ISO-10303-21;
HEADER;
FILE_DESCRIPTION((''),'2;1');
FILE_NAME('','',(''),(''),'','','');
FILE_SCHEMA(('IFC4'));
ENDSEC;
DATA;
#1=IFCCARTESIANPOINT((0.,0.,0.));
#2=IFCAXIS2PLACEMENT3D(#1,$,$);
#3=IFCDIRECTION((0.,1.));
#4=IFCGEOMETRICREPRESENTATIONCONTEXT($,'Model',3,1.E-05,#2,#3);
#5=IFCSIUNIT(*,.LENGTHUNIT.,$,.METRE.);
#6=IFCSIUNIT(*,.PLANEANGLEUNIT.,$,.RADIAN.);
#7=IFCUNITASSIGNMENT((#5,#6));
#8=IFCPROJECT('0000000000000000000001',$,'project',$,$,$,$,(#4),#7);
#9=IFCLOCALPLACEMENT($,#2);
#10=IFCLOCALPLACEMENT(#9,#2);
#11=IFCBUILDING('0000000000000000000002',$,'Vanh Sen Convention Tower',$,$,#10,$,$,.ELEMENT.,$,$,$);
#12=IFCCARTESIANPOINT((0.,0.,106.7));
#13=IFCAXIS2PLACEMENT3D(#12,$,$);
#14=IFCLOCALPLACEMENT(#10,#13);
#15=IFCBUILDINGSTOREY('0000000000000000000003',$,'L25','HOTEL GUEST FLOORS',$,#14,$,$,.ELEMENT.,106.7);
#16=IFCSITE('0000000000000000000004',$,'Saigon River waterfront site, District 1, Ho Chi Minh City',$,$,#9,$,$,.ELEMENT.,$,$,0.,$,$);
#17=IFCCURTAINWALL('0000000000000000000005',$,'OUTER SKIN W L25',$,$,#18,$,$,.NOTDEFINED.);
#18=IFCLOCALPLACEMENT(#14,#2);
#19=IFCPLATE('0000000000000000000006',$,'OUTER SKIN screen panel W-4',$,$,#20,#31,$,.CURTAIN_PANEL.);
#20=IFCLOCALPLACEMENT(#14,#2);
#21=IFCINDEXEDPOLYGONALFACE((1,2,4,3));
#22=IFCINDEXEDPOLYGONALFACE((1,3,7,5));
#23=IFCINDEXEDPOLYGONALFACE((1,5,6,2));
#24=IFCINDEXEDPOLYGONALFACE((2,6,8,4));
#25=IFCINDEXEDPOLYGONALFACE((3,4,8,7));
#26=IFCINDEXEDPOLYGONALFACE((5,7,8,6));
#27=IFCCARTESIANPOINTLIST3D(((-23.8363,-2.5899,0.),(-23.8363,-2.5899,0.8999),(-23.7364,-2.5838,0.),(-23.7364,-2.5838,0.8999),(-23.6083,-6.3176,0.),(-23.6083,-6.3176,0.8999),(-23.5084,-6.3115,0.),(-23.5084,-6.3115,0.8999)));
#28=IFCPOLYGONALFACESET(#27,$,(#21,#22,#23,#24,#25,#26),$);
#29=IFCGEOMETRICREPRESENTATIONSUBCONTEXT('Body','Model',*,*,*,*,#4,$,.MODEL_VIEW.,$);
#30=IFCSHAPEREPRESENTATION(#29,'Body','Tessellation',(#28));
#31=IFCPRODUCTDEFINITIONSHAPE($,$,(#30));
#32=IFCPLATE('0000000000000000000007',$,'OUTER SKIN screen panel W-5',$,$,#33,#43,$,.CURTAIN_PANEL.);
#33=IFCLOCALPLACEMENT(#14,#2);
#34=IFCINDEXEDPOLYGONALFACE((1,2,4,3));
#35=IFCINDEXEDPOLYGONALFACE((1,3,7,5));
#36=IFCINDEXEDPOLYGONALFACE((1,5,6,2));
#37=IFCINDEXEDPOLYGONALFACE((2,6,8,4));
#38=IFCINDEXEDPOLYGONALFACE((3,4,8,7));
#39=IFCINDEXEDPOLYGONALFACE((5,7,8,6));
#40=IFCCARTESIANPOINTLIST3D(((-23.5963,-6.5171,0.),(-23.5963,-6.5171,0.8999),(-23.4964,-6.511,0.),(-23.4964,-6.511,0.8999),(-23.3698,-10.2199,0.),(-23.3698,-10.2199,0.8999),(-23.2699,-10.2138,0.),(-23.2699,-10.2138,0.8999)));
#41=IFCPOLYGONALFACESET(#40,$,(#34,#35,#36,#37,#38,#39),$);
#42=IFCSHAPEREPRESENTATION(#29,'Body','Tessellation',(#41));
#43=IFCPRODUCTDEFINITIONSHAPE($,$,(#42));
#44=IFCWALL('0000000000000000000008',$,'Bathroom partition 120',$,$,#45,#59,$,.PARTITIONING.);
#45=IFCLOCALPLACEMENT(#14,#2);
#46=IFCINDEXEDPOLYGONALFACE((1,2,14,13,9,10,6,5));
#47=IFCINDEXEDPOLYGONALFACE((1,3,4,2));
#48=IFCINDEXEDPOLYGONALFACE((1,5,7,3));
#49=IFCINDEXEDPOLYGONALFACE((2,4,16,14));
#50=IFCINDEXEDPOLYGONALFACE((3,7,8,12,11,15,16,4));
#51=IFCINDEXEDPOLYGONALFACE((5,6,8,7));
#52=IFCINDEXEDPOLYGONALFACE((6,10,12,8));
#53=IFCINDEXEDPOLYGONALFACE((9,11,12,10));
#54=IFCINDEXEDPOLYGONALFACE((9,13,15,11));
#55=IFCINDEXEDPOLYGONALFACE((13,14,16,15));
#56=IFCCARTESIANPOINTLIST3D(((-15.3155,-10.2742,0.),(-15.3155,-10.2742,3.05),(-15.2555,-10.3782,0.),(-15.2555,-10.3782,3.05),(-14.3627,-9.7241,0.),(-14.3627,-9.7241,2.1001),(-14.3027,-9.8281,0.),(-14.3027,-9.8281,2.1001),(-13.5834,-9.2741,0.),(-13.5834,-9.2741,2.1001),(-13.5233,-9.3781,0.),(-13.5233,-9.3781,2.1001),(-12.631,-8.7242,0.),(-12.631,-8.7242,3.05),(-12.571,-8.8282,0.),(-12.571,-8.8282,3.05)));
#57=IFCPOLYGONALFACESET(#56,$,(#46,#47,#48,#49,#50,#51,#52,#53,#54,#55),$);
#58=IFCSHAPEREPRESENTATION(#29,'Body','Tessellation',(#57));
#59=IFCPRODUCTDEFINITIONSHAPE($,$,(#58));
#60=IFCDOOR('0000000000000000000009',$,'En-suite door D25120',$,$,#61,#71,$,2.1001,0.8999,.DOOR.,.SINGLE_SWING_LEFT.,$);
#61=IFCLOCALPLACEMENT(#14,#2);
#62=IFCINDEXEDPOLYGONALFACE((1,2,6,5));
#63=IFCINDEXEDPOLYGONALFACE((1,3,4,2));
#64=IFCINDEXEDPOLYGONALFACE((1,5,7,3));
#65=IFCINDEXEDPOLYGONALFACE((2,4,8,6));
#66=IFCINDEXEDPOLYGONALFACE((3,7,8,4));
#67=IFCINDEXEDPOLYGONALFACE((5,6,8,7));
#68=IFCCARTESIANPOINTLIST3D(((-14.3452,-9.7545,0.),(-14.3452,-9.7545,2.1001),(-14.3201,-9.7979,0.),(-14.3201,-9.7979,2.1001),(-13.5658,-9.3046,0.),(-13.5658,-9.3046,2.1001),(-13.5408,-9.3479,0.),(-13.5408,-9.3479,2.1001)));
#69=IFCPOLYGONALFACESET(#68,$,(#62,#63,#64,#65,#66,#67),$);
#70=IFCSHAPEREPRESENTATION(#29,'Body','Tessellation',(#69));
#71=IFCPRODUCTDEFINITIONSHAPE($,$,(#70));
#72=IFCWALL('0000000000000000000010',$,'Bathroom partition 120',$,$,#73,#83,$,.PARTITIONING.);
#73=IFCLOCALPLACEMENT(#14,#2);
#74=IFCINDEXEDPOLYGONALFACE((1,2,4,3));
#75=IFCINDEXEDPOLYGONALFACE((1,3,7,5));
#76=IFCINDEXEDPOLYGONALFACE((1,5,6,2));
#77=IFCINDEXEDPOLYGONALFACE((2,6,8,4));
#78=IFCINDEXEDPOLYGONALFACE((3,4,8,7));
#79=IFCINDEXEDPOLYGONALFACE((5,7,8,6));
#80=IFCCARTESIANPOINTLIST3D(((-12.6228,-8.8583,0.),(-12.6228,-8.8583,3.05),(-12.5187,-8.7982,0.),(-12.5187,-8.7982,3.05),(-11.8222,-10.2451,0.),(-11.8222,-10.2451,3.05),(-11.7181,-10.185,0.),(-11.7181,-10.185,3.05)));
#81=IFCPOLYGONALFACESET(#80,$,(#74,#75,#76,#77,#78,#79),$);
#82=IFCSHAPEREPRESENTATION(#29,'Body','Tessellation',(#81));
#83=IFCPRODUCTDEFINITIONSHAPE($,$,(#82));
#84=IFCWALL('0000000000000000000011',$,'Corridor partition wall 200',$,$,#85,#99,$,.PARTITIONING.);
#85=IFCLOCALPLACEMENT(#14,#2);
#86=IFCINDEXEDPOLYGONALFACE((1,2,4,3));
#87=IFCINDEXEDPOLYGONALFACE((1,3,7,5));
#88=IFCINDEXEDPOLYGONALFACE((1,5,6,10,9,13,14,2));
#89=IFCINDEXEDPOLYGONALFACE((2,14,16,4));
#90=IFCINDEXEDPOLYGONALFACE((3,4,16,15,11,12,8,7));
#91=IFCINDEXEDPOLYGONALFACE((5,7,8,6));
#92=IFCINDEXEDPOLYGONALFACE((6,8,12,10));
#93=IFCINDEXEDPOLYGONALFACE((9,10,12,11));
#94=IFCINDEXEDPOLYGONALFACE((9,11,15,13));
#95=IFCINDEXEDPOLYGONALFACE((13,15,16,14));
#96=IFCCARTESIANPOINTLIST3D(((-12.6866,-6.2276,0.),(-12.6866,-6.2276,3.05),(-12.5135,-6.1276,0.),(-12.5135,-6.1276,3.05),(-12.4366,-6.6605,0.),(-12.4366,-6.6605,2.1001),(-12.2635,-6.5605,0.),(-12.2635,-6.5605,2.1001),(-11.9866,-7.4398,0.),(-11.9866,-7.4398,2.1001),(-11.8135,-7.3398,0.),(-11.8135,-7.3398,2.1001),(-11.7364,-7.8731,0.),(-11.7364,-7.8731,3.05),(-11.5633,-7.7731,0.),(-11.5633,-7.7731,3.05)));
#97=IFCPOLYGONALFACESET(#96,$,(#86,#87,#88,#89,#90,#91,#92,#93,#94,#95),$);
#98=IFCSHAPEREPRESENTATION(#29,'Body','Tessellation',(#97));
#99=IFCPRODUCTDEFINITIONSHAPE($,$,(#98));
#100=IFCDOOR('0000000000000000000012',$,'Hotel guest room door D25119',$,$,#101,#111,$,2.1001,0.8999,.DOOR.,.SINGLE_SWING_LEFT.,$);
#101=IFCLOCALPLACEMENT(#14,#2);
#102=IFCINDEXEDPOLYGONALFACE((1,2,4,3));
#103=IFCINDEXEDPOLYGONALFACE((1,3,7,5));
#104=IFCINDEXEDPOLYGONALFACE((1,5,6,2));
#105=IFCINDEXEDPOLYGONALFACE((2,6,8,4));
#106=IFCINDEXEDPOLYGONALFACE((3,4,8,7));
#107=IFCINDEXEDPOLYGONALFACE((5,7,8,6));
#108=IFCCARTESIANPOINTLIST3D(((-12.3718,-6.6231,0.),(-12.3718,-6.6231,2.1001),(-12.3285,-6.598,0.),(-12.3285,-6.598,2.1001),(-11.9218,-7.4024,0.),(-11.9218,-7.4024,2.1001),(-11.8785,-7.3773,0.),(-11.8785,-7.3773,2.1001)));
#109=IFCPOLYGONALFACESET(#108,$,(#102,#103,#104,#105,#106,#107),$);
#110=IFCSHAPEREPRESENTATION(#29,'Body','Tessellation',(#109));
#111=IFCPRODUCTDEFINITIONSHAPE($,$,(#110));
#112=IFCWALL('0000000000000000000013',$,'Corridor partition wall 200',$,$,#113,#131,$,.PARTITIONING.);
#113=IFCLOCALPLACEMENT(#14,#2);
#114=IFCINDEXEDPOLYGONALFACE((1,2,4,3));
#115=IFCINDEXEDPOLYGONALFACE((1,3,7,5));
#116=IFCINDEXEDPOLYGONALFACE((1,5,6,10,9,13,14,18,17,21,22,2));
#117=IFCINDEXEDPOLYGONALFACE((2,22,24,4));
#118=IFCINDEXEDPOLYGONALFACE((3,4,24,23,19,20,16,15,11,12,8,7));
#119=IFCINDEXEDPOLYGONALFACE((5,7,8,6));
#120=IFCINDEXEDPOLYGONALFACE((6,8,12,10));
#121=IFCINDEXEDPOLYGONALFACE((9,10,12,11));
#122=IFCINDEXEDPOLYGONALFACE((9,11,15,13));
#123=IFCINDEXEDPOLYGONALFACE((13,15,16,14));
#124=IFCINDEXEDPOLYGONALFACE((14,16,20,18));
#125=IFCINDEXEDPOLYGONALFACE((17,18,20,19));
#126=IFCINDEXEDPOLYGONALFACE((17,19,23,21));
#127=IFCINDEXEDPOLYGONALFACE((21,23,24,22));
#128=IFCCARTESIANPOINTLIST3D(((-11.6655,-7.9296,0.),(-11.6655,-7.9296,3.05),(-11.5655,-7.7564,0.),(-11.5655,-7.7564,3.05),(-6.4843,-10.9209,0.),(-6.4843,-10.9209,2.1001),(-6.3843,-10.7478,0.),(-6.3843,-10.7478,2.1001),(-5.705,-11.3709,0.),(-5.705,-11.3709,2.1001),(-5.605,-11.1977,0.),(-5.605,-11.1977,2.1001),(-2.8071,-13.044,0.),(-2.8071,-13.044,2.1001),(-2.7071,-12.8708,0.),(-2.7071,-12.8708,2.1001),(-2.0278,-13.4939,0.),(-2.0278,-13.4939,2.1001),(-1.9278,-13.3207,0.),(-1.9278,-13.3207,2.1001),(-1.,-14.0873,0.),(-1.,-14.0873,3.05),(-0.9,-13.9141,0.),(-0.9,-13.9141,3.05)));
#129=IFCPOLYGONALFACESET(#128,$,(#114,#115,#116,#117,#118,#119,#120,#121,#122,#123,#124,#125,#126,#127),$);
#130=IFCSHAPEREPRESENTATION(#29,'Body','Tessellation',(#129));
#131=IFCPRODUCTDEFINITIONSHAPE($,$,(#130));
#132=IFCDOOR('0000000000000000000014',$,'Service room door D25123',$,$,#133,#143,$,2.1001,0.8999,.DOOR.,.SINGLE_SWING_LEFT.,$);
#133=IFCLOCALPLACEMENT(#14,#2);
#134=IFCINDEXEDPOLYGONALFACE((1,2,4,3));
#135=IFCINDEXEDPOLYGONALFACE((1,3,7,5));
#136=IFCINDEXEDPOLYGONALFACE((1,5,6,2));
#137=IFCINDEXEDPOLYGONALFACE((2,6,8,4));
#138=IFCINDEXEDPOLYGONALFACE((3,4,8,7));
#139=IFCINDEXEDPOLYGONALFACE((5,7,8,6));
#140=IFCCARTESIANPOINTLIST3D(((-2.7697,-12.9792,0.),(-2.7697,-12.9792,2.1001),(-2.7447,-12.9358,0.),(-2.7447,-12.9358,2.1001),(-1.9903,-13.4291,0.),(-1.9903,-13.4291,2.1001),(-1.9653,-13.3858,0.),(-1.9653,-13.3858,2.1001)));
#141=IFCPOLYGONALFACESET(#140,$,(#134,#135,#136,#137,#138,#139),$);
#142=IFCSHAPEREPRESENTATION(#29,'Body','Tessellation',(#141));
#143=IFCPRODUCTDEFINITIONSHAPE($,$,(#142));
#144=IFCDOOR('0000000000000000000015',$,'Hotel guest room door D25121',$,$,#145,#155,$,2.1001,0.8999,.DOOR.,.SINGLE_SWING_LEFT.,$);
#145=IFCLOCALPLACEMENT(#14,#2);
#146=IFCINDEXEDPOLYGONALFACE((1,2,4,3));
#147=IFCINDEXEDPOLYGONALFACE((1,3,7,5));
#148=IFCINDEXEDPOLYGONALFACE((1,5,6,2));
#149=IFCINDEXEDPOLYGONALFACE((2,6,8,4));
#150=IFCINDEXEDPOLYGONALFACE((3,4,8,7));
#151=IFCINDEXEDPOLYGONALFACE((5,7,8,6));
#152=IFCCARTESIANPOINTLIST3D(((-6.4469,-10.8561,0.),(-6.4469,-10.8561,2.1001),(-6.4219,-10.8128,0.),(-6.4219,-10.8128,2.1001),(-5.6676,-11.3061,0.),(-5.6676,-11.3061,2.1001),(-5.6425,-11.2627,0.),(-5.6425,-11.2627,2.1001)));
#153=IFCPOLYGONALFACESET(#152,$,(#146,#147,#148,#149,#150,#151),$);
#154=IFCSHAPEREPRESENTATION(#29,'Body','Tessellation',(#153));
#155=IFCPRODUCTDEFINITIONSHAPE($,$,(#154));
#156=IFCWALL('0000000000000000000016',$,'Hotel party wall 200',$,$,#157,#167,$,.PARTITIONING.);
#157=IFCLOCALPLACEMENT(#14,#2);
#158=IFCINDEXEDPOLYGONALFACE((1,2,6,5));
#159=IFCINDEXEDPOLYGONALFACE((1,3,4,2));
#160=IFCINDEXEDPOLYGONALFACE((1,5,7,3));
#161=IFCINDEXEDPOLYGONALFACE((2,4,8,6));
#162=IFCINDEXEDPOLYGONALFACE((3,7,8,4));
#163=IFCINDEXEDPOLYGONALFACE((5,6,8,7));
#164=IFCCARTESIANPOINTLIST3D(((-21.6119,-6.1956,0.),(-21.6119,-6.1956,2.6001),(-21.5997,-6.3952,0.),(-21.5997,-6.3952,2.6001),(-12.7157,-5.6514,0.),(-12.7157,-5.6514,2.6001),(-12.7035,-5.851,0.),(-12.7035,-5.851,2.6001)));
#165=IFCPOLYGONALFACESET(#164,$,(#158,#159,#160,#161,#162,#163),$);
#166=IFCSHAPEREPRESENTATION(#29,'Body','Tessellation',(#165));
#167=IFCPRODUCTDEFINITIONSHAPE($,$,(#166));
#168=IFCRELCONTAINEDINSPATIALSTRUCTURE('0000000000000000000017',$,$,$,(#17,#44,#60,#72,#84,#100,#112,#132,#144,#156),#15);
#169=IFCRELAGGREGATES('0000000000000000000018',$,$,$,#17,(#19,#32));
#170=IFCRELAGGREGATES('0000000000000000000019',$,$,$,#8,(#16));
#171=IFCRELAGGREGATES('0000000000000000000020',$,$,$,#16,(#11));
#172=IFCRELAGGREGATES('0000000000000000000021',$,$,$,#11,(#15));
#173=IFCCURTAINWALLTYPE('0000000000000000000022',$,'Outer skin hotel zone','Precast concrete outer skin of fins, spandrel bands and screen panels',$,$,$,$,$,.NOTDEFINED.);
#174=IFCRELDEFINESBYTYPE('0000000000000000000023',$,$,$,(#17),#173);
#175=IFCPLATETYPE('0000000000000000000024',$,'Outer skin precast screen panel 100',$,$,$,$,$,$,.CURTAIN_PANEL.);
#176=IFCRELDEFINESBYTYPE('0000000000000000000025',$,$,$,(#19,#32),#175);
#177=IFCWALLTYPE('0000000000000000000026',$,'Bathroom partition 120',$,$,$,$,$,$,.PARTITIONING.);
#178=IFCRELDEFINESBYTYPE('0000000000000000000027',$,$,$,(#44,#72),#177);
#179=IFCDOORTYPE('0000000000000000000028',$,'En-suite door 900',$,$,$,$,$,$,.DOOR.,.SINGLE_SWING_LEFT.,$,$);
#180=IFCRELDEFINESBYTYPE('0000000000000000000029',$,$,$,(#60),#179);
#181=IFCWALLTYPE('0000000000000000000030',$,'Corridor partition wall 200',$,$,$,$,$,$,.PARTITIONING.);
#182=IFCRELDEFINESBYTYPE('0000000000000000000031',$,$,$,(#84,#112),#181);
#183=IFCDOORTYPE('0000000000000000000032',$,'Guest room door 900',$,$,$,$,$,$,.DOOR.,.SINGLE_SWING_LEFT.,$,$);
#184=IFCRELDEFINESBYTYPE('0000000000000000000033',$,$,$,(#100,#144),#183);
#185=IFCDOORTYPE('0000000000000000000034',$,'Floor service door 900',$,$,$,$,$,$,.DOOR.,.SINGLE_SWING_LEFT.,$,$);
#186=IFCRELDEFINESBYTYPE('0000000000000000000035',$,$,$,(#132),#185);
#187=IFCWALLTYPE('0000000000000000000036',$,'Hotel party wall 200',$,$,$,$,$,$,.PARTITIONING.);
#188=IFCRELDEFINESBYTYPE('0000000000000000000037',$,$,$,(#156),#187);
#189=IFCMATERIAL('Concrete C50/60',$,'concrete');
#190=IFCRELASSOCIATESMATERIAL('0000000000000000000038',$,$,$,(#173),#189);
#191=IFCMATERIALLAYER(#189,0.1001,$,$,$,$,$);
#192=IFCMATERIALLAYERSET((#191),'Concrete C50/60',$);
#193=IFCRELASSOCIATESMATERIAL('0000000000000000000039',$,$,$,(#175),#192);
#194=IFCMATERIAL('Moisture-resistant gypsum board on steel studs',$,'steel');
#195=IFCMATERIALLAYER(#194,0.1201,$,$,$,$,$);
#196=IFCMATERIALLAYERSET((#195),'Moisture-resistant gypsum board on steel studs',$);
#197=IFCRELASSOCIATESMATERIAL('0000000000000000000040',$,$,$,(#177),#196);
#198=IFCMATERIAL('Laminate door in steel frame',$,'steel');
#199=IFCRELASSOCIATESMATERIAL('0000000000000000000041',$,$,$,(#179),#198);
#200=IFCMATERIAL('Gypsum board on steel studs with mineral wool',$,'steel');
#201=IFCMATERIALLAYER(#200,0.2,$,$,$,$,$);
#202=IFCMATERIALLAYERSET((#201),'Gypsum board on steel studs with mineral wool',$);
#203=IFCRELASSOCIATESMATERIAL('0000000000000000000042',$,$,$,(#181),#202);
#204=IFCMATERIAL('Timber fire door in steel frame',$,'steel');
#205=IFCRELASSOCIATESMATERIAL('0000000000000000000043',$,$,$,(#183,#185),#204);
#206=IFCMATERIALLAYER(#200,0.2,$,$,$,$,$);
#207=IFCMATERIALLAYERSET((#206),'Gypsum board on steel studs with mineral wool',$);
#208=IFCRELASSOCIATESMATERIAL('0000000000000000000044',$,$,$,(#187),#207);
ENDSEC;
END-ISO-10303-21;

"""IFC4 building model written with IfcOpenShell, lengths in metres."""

from ifc_helpers import new_model, si_unit, direction, frame, frame_2d, origin, origin_2d, place, context, subcontext, project, spatial, rectangle, extrude, material, layer, layer_set, type_object, element, fill, aggregate, save


model = new_model("IFC4")

# Units and contexts
model_context = context("Model", 3, precision=1e-05, world=origin(), true_north=direction((0.0, 1.0)))
body_context = subcontext(model_context, "Body", "Model", "MODEL_VIEW")
ifc_project = project(units=[si_unit("LENGTHUNIT", "METRE"), si_unit("PLANEANGLEUNIT", "RADIAN")], contexts=[model_context])

# Site, building, storey
site_placement = place(None, origin())
site = spatial("IfcSite", under=ifc_project, at=site_placement, Name="Saigon River waterfront site, District 1, Ho Chi Minh City", CompositionType="ELEMENT", RefElevation=0.0)
building_placement = place(site_placement, origin())
building = spatial("IfcBuilding", under=site, at=building_placement, Name="Vanh Sen Convention Tower", CompositionType="ELEMENT")
storey_placement = place(building_placement, frame((0.0, 0.0, 106.7)))
storey = spatial("IfcBuildingStorey", under=building, at=storey_placement, Name="L25", Description="HOTEL GUEST FLOORS", CompositionType="ELEMENT", Elevation=106.7)

# Curtain wall
ifc_material_1 = material(Name="Concrete C50/60", Category="concrete")
curtain_wall_type = type_object("IfcCurtainWallType", Name="Outer skin hotel zone", Description="Precast concrete outer skin of fins, spandrel bands and screen panels", PredefinedType="NOTDEFINED", material=ifc_material_1)
curtain_wall_1_placement = place(storey_placement, origin())
curtain_wall_1 = element("IfcCurtainWall", 1, at=curtain_wall_1_placement, inside=storey, type_object=curtain_wall_type, Name="OUTER SKIN W L25", PredefinedType="NOTDEFINED")

# Plates
ifc_layer_1 = layer(ifc_material_1, 0.1001)
ifc_layer_set_1 = layer_set([ifc_layer_1], Name="Concrete C50/60")
plate_type = type_object("IfcPlateType", Name="Outer skin precast screen panel 100", PredefinedType="CURTAIN_PANEL", material=ifc_layer_set_1)
plate_1_placement = place(storey_placement, frame((-23.6724, -4.4507, 0.0), z_axis=(0.0, 0.0, 1.0), x_axis=(0.061049, -0.998135, 0.0)))
plate_1 = element("IfcPlate", 2, at=plate_1_placement, type_object=plate_type, Name="OUTER SKIN screen panel W-4", PredefinedType="CURTAIN_PANEL", context=body_context, shape_type="SweptSolid", body=[
    extrude(rectangle(XDim=3.7346, YDim=0.1001, at=origin_2d()), origin(), (0.0, 0.0, 1.0), 0.8999),
])
plate_2_placement = place(storey_placement, frame((-23.4331, -8.3655, 0.0), z_axis=(0.0, 0.0, 1.0), x_axis=(0.061047, -0.998135, 0.0)))
plate_2 = element("IfcPlate", 3, at=plate_2_placement, type_object=plate_type, Name="OUTER SKIN screen panel W-5", PredefinedType="CURTAIN_PANEL", context=body_context, shape_type="SweptSolid", body=[
    extrude(rectangle(XDim=3.7097, YDim=0.1001, at=origin_2d()), origin(), (0.0, 0.0, 1.0), 0.8999),
])
aggregate(curtain_wall_1, [plate_1, plate_2])

# Wall, opening, door
ifc_material_2 = material(Name="Moisture-resistant gypsum board on steel studs", Category="steel")
ifc_layer_2 = layer(ifc_material_2, 0.1201)
ifc_layer_set_2 = layer_set([ifc_layer_2], Name="Moisture-resistant gypsum board on steel studs")
wall_type_1 = type_object("IfcWallType", Name="Bathroom partition 120", PredefinedType="PARTITIONING", material=ifc_layer_set_2)
wall_1_placement = place(storey_placement, frame((-15.2854, -10.3262, 0.0), z_axis=(0.0, 0.0, 1.0), x_axis=(0.86601, 0.500027, 0.0)))
wall_1 = element("IfcWall", 4, at=wall_1_placement, inside=storey, type_object=wall_type_1, Name="Bathroom partition 120", PredefinedType="PARTITIONING", context=body_context, shape_type="SweptSolid", body=[
    extrude(rectangle(XDim=3.0999, YDim=0.1201, at=frame_2d((1.5498, 0.0))), origin(), (0.0, 0.0, 1.0), 3.05),
])
opening_1_placement = place(wall_1_placement, frame((1.1001, 0.0, 0.0)))
opening_1 = element("IfcOpeningElement", 5, at=opening_1_placement, cuts=wall_1, PredefinedType="OPENING", context=body_context, shape_type="SweptSolid", body=[
    extrude(rectangle(XDim=0.8999, YDim=2.1001, at=frame_2d((0.45, 1.05))), frame((0.0, 0.0701, 0.0), z_axis=(0.0, -1.0, 0.0), x_axis=(1.0, 0.0, 0.0)), (0.0, 0.0, 1.0), 0.1401),
])
ifc_material_3 = material(Name="Laminate door in steel frame", Category="steel")
door_type_1 = type_object("IfcDoorType", Name="En-suite door 900", OperationType="SINGLE_SWING_LEFT", PredefinedType="DOOR", material=ifc_material_3)
door_1_placement = place(opening_1_placement, origin())
door_1 = element("IfcDoor", 6, at=door_1_placement, inside=storey, type_object=door_type_1, Name="En-suite door D25120", OperationType="SINGLE_SWING_LEFT", OverallHeight=2.1001, OverallWidth=0.8999, PredefinedType="DOOR", context=body_context, shape_type="SweptSolid", body=[
    extrude(rectangle(XDim=0.8999, YDim=2.1001, at=frame_2d((0.45, 1.05))), frame((0.0, 0.0249, 0.0), z_axis=(0.0, -1.0, 0.0), x_axis=(1.0, 0.0, 0.0)), (0.0, 0.0, 1.0), 0.05),
])
fill(opening_1, door_1)

# Wall
wall_2_placement = place(storey_placement, frame((-12.5708, -8.8281, 0.0), z_axis=(0.0, 0.0, 1.0), x_axis=(0.49996, -0.866048, 0.0)))
element("IfcWall", 7, at=wall_2_placement, inside=storey, type_object=wall_type_1, Name="Bathroom partition 120", PredefinedType="PARTITIONING", context=body_context, shape_type="SweptSolid", body=[
    extrude(rectangle(XDim=1.6013, YDim=0.1201, at=frame_2d((0.8008, 0.0))), origin(), (0.0, 0.0, 1.0), 3.05),
])

# Wall, opening, door
ifc_material_4 = material(Name="Gypsum board on steel studs with mineral wool", Category="steel")
ifc_layer_3 = layer(ifc_material_4, 0.2)
ifc_layer_set_3 = layer_set([ifc_layer_3], Name="Gypsum board on steel studs with mineral wool")
wall_type_2 = type_object("IfcWallType", Name="Corridor partition wall 200", PredefinedType="PARTITIONING", material=ifc_layer_set_3)
wall_3_placement = place(storey_placement, frame((-12.6001, -6.1775, 0.0), z_axis=(0.0, 0.0, 1.0), x_axis=(0.500064, -0.865989, 0.0)))
wall_3 = element("IfcWall", 8, at=wall_3_placement, inside=storey, type_object=wall_type_2, Name="Corridor partition wall 200", PredefinedType="PARTITIONING", context=body_context, shape_type="SweptSolid", body=[
    extrude(rectangle(XDim=1.9001, YDim=0.2, at=frame_2d((0.9502, 0.0))), origin(), (0.0, 0.0, 1.0), 3.05),
])
opening_2_placement = place(wall_3_placement, frame((0.5, 0.0, 0.0)))
opening_2 = element("IfcOpeningElement", 9, at=opening_2_placement, cuts=wall_3, PredefinedType="OPENING", context=body_context, shape_type="SweptSolid", body=[
    extrude(rectangle(XDim=0.8999, YDim=2.1001, at=frame_2d((0.45, 1.05))), frame((0.0, 0.1099, 0.0), z_axis=(0.0, -1.0, 0.0), x_axis=(1.0, 0.0, 0.0)), (0.0, 0.0, 1.0), 0.22),
])
ifc_material_5 = material(Name="Timber fire door in steel frame", Category="steel")
door_type_2 = type_object("IfcDoorType", Name="Guest room door 900", OperationType="SINGLE_SWING_LEFT", PredefinedType="DOOR", material=ifc_material_5)
door_2_placement = place(opening_2_placement, origin())
door_2 = element("IfcDoor", 10, at=door_2_placement, inside=storey, type_object=door_type_2, Name="Hotel guest room door D25119", OperationType="SINGLE_SWING_LEFT", OverallHeight=2.1001, OverallWidth=0.8999, PredefinedType="DOOR", context=body_context, shape_type="SweptSolid", body=[
    extrude(rectangle(XDim=0.8999, YDim=2.1001, at=frame_2d((0.45, 1.05))), frame((0.0, 0.0249, 0.0), z_axis=(0.0, -1.0, 0.0), x_axis=(1.0, 0.0, 0.0)), (0.0, 0.0, 1.0), 0.05),
])
fill(opening_2, door_2)

# Wall, openings, doors
wall_4_placement = place(storey_placement, frame((-11.6155, -7.843, 0.0), z_axis=(0.0, 0.0, 1.0), x_axis=(0.866026, -0.499998, 0.0)))
wall_4 = element("IfcWall", 11, at=wall_4_placement, inside=storey, type_object=wall_type_2, Name="Corridor partition wall 200", PredefinedType="PARTITIONING", context=body_context, shape_type="SweptSolid", body=[
    extrude(rectangle(XDim=12.3154, YDim=0.2, at=frame_2d((6.1577, 0.0))), origin(), (0.0, 0.0, 1.0), 3.05),
])
opening_3_placement = place(wall_4_placement, frame((5.9827, 0.0, 0.0)))
opening_3 = element("IfcOpeningElement", 12, at=opening_3_placement, cuts=wall_4, PredefinedType="OPENING", context=body_context, shape_type="SweptSolid", body=[
    extrude(rectangle(XDim=0.8999, YDim=2.1001, at=frame_2d((0.45, 1.05))), frame((0.0, 0.1099, 0.0), z_axis=(0.0, -1.0, 0.0), x_axis=(1.0, 0.0, 0.0)), (0.0, 0.0, 1.0), 0.22),
])
opening_4_placement = place(wall_4_placement, frame((10.2288, 0.0, 0.0)))
opening_4 = element("IfcOpeningElement", 13, at=opening_4_placement, cuts=wall_4, PredefinedType="OPENING", context=body_context, shape_type="SweptSolid", body=[
    extrude(rectangle(XDim=0.8999, YDim=2.1001, at=frame_2d((0.45, 1.05))), frame((0.0, 0.1099, 0.0), z_axis=(0.0, -1.0, 0.0), x_axis=(1.0, 0.0, 0.0)), (0.0, 0.0, 1.0), 0.22),
])
door_type_3 = type_object("IfcDoorType", Name="Floor service door 900", OperationType="SINGLE_SWING_LEFT", PredefinedType="DOOR", material=ifc_material_5)
door_3_placement = place(opening_4_placement, origin())
door_3 = element("IfcDoor", 14, at=door_3_placement, inside=storey, type_object=door_type_3, Name="Service room door D25123", OperationType="SINGLE_SWING_LEFT", OverallHeight=2.1001, OverallWidth=0.8999, PredefinedType="DOOR", context=body_context, shape_type="SweptSolid", body=[
    extrude(rectangle(XDim=0.8999, YDim=2.1001, at=frame_2d((0.45, 1.05))), frame((0.0, 0.0249, 0.0), z_axis=(0.0, -1.0, 0.0), x_axis=(1.0, 0.0, 0.0)), (0.0, 0.0, 1.0), 0.05),
])
fill(opening_4, door_3)
door_4_placement = place(opening_3_placement, origin())
door_4 = element("IfcDoor", 15, at=door_4_placement, inside=storey, type_object=door_type_2, Name="Hotel guest room door D25121", OperationType="SINGLE_SWING_LEFT", OverallHeight=2.1001, OverallWidth=0.8999, PredefinedType="DOOR", context=body_context, shape_type="SweptSolid", body=[
    extrude(rectangle(XDim=0.8999, YDim=2.1001, at=frame_2d((0.45, 1.05))), frame((0.0, 0.0249, 0.0), z_axis=(0.0, -1.0, 0.0), x_axis=(1.0, 0.0, 0.0)), (0.0, 0.0, 1.0), 0.05),
])
fill(opening_3, door_4)

# Wall
ifc_layer_4 = layer(ifc_material_4, 0.2)
ifc_layer_set_4 = layer_set([ifc_layer_4], Name="Gypsum board on steel studs with mineral wool")
wall_type_3 = type_object("IfcWallType", Name="Hotel party wall 200", PredefinedType="PARTITIONING", material=ifc_layer_set_4)
wall_5_placement = place(storey_placement, frame((-21.606, -6.2954, 0.0), z_axis=(0.0, 0.0, 1.0), x_axis=(0.998134, 0.061057, 0.0)))
element("IfcWall", 16, at=wall_5_placement, inside=storey, type_object=wall_type_3, Name="Hotel party wall 200", PredefinedType="PARTITIONING", context=body_context, shape_type="SweptSolid", body=[
    extrude(rectangle(XDim=8.9128, YDim=0.2, at=frame_2d((4.4565, 0.0))), origin(), (0.0, 0.0, 1.0), 2.6001),
])

save(model, "model.ifc")
